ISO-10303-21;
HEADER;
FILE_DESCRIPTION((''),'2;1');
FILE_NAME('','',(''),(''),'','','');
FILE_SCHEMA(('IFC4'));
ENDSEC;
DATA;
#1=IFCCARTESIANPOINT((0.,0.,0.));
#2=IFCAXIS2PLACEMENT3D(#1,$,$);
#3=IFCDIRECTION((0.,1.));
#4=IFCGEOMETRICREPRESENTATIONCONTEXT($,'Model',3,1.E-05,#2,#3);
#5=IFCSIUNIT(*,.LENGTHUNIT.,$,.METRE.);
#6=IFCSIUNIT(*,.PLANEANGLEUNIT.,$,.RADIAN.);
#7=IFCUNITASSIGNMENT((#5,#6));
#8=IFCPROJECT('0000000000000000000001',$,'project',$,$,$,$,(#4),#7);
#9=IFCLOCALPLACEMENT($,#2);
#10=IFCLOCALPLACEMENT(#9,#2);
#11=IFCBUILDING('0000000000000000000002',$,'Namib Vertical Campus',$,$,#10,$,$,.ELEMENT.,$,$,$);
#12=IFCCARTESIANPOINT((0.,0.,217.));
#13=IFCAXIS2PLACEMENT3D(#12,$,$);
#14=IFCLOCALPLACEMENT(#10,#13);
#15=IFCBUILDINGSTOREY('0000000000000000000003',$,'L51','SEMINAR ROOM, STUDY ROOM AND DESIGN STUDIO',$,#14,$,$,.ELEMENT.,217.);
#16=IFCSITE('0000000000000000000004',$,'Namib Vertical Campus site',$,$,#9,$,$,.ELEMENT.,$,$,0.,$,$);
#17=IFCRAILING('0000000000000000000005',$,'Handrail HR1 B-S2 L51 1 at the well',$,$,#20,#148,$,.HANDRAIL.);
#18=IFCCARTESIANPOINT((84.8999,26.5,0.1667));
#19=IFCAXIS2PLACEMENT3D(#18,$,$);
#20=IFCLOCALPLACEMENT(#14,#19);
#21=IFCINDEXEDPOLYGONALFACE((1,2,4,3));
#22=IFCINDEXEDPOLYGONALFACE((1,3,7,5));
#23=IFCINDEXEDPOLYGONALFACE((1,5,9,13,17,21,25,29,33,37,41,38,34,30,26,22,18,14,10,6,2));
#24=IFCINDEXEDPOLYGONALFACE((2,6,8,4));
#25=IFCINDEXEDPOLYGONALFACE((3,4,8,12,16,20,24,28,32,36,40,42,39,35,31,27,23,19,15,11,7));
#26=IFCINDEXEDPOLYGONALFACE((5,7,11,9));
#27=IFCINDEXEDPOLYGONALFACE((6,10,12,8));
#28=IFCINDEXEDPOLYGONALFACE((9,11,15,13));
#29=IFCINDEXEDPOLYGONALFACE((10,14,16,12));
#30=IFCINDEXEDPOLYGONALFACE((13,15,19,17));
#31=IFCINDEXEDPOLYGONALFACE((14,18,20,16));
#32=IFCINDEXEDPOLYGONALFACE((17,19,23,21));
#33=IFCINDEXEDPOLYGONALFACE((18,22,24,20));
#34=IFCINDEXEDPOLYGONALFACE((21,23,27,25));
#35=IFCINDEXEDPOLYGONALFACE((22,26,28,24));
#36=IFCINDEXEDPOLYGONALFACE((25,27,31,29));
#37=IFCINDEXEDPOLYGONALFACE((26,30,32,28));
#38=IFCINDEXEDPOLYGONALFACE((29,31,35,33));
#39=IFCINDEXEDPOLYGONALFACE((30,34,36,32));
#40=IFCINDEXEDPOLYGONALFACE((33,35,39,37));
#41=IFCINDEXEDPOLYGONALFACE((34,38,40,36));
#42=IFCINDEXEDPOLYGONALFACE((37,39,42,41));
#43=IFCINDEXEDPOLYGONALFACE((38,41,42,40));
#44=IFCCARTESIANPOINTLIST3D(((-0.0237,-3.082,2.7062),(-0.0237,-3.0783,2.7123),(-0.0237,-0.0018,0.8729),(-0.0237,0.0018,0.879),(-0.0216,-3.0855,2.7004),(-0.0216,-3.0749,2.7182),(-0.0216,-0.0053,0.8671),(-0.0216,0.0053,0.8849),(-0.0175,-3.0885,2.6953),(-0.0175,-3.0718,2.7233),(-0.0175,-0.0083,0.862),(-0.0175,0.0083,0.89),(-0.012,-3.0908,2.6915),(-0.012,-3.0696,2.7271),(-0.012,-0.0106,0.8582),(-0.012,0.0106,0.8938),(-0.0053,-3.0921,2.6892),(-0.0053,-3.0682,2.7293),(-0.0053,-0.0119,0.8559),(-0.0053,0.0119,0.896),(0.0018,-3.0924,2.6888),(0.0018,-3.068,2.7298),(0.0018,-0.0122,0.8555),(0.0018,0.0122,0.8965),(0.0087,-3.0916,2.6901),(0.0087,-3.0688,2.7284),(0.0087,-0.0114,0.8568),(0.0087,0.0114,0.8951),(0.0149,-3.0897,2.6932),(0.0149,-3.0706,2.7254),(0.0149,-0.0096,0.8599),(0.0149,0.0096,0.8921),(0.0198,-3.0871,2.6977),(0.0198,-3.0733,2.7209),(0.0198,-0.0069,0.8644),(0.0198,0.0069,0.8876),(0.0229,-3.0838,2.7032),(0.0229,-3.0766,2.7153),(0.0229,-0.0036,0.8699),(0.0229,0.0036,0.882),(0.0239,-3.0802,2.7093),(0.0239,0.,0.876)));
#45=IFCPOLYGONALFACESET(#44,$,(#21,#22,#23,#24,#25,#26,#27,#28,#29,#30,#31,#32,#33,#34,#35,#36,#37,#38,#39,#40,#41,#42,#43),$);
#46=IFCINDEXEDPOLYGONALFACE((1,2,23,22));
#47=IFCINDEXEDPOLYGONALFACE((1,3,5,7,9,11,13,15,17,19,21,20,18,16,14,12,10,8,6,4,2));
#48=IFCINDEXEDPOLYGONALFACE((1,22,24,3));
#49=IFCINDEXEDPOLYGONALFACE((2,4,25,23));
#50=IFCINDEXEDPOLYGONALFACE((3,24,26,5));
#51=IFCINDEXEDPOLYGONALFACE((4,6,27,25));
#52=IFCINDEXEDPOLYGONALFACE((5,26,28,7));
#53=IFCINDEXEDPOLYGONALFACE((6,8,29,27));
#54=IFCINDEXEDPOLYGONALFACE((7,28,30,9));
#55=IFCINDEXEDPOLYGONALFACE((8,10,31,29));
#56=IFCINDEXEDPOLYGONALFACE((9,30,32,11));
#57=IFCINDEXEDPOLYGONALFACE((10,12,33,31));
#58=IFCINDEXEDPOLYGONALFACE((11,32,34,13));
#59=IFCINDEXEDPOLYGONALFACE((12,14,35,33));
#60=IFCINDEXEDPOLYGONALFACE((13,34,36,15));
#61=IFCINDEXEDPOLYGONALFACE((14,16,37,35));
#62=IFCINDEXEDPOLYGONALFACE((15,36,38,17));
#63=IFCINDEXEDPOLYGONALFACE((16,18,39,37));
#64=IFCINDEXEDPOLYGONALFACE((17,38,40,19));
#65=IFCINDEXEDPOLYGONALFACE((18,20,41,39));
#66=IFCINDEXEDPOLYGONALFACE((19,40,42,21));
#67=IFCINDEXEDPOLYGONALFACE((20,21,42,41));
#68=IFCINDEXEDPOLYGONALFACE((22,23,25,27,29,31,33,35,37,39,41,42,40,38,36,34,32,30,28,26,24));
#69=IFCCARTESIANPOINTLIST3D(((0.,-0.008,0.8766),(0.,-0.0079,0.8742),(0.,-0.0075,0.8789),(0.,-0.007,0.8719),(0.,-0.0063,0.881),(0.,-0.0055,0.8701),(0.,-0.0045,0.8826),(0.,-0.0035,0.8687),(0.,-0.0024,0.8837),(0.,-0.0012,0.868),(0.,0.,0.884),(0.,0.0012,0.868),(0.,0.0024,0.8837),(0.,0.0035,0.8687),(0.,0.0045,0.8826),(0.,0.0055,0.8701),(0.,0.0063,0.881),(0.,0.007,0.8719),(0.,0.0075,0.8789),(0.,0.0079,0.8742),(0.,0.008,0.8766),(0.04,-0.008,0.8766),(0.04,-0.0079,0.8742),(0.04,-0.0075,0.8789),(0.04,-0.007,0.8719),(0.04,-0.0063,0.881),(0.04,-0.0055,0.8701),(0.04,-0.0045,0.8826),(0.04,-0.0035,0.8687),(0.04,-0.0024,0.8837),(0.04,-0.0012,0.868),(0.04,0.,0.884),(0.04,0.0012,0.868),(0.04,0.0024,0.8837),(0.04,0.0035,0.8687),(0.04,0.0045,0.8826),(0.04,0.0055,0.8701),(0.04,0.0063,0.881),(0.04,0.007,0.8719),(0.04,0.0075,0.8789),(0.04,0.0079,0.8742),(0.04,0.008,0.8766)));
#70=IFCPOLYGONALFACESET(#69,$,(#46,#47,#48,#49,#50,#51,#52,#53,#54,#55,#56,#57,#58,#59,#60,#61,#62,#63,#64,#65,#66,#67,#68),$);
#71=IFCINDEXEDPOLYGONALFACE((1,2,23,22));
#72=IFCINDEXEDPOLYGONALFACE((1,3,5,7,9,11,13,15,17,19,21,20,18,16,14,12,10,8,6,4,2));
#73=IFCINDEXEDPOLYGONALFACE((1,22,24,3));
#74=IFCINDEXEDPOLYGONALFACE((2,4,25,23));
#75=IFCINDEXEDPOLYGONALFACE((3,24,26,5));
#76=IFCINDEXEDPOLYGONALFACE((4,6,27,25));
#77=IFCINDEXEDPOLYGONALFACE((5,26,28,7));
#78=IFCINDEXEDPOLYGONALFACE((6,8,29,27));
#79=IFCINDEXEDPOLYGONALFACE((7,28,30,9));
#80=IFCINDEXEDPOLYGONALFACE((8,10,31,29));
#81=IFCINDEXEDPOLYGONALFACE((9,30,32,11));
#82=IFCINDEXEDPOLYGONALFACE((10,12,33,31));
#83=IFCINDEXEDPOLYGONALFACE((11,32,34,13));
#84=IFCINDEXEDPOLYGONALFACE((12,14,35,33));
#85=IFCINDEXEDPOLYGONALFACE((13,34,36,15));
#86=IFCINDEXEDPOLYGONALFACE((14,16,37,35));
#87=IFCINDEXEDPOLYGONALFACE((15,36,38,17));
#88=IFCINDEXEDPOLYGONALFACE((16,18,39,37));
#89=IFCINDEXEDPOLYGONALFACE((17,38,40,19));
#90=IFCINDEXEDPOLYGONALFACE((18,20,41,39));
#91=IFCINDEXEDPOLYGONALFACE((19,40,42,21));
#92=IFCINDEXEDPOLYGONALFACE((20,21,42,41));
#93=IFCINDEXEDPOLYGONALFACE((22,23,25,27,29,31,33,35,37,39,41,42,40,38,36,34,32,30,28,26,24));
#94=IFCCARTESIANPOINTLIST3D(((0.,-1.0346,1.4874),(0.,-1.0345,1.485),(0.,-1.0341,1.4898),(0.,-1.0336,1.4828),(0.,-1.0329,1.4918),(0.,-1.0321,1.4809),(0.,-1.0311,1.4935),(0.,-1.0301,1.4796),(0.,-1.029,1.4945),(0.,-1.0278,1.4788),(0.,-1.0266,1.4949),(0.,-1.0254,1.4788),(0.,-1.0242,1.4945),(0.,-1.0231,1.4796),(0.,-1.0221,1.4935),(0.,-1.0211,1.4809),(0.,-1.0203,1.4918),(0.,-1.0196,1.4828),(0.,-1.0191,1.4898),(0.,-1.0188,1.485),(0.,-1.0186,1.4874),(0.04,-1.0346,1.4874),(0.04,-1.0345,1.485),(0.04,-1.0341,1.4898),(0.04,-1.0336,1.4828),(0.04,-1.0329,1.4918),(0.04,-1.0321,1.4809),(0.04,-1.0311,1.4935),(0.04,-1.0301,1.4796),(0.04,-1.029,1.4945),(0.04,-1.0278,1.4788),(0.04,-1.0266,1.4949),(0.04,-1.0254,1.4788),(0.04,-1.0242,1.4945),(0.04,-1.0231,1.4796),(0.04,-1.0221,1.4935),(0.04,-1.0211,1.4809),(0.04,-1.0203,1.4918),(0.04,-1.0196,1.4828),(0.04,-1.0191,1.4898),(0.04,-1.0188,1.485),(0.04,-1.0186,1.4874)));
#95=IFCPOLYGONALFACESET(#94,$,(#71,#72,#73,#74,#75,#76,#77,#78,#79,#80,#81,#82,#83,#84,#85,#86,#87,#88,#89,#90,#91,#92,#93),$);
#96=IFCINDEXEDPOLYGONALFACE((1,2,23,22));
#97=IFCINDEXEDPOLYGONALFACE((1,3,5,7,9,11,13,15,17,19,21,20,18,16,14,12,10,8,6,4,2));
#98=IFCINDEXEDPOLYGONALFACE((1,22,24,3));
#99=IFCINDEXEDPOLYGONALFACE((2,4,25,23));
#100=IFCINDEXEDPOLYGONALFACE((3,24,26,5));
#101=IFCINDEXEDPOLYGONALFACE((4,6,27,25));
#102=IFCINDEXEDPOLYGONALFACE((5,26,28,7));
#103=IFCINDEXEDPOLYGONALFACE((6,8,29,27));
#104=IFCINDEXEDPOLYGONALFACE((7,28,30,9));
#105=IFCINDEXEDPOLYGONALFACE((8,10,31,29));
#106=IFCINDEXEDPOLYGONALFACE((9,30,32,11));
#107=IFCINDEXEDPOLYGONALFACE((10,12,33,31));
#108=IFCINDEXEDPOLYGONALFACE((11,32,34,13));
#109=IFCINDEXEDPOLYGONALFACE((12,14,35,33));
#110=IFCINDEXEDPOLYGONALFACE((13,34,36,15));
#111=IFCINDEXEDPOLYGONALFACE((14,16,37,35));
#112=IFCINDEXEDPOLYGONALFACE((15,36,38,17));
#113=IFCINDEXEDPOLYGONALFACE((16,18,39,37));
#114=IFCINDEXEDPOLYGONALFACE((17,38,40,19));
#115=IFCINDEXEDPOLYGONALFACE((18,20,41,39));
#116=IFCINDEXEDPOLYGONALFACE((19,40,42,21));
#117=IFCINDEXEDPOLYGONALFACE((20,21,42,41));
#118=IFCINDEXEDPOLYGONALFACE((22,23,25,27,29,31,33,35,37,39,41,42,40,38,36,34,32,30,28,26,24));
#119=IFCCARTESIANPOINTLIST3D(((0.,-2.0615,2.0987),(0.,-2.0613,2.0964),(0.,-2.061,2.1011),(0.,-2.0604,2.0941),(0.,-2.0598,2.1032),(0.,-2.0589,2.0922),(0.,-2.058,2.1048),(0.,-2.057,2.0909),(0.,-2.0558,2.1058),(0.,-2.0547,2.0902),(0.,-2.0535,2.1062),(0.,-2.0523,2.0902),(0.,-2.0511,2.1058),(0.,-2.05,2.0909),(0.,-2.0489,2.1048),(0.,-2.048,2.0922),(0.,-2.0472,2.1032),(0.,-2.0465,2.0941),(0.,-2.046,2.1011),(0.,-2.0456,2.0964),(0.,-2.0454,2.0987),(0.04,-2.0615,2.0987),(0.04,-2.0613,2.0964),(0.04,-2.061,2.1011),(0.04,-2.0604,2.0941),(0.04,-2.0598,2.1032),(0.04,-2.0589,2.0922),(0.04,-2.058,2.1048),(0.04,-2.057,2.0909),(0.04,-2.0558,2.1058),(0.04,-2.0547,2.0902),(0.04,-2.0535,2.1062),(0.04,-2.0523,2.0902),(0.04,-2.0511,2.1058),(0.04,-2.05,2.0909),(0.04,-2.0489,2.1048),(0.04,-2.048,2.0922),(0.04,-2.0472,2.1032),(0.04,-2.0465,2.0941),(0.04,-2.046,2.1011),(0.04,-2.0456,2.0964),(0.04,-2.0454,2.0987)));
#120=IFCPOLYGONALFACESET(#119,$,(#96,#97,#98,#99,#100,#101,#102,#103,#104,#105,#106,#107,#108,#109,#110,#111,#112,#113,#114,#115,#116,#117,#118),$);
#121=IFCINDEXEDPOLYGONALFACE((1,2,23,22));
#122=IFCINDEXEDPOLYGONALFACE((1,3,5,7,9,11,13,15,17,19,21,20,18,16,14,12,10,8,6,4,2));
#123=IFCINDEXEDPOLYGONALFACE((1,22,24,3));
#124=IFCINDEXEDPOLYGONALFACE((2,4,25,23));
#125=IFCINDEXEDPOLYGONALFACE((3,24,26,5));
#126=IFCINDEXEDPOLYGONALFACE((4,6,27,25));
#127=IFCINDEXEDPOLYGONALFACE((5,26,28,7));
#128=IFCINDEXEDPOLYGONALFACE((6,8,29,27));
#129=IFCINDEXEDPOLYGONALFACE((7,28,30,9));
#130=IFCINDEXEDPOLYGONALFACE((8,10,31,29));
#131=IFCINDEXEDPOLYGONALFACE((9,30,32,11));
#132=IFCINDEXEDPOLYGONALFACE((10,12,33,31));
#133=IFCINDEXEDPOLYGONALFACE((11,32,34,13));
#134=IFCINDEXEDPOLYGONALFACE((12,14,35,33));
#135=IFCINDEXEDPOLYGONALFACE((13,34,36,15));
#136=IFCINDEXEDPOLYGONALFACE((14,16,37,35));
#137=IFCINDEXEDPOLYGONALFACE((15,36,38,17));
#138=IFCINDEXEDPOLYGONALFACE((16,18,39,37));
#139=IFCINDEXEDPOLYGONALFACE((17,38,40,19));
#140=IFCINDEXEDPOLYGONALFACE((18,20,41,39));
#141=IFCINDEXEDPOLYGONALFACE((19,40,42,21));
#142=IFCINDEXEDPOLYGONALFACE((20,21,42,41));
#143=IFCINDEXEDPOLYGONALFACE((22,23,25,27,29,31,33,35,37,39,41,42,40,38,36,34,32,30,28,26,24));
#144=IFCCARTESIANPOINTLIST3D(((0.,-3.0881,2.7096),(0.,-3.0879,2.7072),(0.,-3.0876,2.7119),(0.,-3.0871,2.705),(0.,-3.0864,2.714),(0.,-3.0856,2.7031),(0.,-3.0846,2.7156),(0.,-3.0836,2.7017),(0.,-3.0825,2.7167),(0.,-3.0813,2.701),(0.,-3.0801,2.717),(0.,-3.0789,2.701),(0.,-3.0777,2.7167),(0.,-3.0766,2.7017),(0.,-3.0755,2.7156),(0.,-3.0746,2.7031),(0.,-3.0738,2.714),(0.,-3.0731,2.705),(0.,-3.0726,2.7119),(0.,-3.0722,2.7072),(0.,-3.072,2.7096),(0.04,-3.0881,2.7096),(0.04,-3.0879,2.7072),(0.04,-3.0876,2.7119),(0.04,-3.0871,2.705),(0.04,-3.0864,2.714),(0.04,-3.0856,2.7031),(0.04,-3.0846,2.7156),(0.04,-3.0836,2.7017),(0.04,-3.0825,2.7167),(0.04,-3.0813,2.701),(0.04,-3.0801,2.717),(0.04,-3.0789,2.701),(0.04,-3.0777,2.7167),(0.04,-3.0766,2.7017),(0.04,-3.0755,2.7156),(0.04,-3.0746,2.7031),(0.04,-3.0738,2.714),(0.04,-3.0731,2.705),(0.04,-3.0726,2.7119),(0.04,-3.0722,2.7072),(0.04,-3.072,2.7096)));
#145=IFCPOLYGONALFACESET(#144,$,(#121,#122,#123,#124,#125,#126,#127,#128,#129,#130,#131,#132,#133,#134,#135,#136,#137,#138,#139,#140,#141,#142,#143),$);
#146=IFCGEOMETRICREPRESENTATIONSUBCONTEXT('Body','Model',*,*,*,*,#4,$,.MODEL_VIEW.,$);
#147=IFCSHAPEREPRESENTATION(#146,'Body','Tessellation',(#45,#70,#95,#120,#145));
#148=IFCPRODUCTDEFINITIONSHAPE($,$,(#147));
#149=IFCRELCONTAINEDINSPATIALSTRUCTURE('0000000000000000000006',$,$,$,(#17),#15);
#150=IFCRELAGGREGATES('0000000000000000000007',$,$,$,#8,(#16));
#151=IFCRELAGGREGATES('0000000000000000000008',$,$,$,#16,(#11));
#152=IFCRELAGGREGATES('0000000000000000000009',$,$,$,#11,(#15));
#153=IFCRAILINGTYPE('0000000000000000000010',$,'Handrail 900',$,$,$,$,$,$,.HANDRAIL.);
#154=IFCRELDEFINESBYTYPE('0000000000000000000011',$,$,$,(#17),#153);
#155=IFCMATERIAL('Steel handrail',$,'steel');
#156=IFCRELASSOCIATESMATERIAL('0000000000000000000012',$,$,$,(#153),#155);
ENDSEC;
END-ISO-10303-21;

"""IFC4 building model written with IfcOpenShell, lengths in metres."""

from ifc_helpers import new_model, si_unit, direction, frame, origin, origin_2d, place, context, subcontext, project, spatial, circle, extrude, material, type_object, element, save


model = new_model("IFC4")

# Units and contexts
model_context = context("Model", 3, precision=1e-05, world=origin(), true_north=direction((0.0, 1.0)))
body_context = subcontext(model_context, "Body", "Model", "MODEL_VIEW")
ifc_project = project(units=[si_unit("LENGTHUNIT", "METRE"), si_unit("PLANEANGLEUNIT", "RADIAN")], contexts=[model_context])

# Site, building, storey
site_placement = place(None, origin())
site = spatial("IfcSite", under=ifc_project, at=site_placement, Name="Namib Vertical Campus site", CompositionType="ELEMENT", RefElevation=0.0)
building_placement = place(site_placement, origin())
building = spatial("IfcBuilding", under=site, at=building_placement, Name="Namib Vertical Campus", CompositionType="ELEMENT")
storey_placement = place(building_placement, frame((0.0, 0.0, 217.0)))
storey = spatial("IfcBuildingStorey", under=building, at=storey_placement, Name="L51", Description="SEMINAR ROOM, STUDY ROOM AND DESIGN STUDIO", CompositionType="ELEMENT", Elevation=217.0)

# Railing
ifc_material_1 = material(Name="Steel handrail", Category="steel")
railing_type_1 = type_object("IfcRailingType", Name="Handrail 900", PredefinedType="HANDRAIL", material=ifc_material_1)
railing_1_placement = place(storey_placement, frame((84.8999, 26.5, 0.1667)))
element("IfcRailing", 1, at=railing_1_placement, inside=storey, type_object=railing_type_1, Name="Handrail HR1 B-S2 L51 1 at the well", PredefinedType="HANDRAIL", context=body_context, shape_type="SweptSolid", body=[
    extrude(circle(Radius=0.0239, at=origin_2d()), frame((0.0, 0.0, 0.876), z_axis=(0.0, -0.859309, 0.511458), x_axis=(1.0, 0.0, 0.0)), (0.0, 0.0, 1.0), 3.5845),
    extrude(circle(Radius=0.0081, at=origin_2d()), frame((0.0, 0.0, 0.876), z_axis=(1.0, 0.0, 0.0), x_axis=(0.0, 0.0, 1.0)), (0.0, 0.0, 1.0), 0.04),
    extrude(circle(Radius=0.0081, at=origin_2d()), frame((0.0, -1.0266, 1.4868), z_axis=(1.0, 0.0, 0.0), x_axis=(0.0, 0.0, 1.0)), (0.0, 0.0, 1.0), 0.04),
    extrude(circle(Radius=0.0081, at=origin_2d()), frame((0.0, -2.0535, 2.0981), z_axis=(1.0, 0.0, 0.0), x_axis=(0.0, 0.0, 1.0)), (0.0, 0.0, 1.0), 0.04),
    extrude(circle(Radius=0.0081, at=origin_2d()), frame((0.0, -3.0801, 2.709), z_axis=(1.0, 0.0, 0.0), x_axis=(0.0, 0.0, 1.0)), (0.0, 0.0, 1.0), 0.04),
])

save(model, "model.ifc")
